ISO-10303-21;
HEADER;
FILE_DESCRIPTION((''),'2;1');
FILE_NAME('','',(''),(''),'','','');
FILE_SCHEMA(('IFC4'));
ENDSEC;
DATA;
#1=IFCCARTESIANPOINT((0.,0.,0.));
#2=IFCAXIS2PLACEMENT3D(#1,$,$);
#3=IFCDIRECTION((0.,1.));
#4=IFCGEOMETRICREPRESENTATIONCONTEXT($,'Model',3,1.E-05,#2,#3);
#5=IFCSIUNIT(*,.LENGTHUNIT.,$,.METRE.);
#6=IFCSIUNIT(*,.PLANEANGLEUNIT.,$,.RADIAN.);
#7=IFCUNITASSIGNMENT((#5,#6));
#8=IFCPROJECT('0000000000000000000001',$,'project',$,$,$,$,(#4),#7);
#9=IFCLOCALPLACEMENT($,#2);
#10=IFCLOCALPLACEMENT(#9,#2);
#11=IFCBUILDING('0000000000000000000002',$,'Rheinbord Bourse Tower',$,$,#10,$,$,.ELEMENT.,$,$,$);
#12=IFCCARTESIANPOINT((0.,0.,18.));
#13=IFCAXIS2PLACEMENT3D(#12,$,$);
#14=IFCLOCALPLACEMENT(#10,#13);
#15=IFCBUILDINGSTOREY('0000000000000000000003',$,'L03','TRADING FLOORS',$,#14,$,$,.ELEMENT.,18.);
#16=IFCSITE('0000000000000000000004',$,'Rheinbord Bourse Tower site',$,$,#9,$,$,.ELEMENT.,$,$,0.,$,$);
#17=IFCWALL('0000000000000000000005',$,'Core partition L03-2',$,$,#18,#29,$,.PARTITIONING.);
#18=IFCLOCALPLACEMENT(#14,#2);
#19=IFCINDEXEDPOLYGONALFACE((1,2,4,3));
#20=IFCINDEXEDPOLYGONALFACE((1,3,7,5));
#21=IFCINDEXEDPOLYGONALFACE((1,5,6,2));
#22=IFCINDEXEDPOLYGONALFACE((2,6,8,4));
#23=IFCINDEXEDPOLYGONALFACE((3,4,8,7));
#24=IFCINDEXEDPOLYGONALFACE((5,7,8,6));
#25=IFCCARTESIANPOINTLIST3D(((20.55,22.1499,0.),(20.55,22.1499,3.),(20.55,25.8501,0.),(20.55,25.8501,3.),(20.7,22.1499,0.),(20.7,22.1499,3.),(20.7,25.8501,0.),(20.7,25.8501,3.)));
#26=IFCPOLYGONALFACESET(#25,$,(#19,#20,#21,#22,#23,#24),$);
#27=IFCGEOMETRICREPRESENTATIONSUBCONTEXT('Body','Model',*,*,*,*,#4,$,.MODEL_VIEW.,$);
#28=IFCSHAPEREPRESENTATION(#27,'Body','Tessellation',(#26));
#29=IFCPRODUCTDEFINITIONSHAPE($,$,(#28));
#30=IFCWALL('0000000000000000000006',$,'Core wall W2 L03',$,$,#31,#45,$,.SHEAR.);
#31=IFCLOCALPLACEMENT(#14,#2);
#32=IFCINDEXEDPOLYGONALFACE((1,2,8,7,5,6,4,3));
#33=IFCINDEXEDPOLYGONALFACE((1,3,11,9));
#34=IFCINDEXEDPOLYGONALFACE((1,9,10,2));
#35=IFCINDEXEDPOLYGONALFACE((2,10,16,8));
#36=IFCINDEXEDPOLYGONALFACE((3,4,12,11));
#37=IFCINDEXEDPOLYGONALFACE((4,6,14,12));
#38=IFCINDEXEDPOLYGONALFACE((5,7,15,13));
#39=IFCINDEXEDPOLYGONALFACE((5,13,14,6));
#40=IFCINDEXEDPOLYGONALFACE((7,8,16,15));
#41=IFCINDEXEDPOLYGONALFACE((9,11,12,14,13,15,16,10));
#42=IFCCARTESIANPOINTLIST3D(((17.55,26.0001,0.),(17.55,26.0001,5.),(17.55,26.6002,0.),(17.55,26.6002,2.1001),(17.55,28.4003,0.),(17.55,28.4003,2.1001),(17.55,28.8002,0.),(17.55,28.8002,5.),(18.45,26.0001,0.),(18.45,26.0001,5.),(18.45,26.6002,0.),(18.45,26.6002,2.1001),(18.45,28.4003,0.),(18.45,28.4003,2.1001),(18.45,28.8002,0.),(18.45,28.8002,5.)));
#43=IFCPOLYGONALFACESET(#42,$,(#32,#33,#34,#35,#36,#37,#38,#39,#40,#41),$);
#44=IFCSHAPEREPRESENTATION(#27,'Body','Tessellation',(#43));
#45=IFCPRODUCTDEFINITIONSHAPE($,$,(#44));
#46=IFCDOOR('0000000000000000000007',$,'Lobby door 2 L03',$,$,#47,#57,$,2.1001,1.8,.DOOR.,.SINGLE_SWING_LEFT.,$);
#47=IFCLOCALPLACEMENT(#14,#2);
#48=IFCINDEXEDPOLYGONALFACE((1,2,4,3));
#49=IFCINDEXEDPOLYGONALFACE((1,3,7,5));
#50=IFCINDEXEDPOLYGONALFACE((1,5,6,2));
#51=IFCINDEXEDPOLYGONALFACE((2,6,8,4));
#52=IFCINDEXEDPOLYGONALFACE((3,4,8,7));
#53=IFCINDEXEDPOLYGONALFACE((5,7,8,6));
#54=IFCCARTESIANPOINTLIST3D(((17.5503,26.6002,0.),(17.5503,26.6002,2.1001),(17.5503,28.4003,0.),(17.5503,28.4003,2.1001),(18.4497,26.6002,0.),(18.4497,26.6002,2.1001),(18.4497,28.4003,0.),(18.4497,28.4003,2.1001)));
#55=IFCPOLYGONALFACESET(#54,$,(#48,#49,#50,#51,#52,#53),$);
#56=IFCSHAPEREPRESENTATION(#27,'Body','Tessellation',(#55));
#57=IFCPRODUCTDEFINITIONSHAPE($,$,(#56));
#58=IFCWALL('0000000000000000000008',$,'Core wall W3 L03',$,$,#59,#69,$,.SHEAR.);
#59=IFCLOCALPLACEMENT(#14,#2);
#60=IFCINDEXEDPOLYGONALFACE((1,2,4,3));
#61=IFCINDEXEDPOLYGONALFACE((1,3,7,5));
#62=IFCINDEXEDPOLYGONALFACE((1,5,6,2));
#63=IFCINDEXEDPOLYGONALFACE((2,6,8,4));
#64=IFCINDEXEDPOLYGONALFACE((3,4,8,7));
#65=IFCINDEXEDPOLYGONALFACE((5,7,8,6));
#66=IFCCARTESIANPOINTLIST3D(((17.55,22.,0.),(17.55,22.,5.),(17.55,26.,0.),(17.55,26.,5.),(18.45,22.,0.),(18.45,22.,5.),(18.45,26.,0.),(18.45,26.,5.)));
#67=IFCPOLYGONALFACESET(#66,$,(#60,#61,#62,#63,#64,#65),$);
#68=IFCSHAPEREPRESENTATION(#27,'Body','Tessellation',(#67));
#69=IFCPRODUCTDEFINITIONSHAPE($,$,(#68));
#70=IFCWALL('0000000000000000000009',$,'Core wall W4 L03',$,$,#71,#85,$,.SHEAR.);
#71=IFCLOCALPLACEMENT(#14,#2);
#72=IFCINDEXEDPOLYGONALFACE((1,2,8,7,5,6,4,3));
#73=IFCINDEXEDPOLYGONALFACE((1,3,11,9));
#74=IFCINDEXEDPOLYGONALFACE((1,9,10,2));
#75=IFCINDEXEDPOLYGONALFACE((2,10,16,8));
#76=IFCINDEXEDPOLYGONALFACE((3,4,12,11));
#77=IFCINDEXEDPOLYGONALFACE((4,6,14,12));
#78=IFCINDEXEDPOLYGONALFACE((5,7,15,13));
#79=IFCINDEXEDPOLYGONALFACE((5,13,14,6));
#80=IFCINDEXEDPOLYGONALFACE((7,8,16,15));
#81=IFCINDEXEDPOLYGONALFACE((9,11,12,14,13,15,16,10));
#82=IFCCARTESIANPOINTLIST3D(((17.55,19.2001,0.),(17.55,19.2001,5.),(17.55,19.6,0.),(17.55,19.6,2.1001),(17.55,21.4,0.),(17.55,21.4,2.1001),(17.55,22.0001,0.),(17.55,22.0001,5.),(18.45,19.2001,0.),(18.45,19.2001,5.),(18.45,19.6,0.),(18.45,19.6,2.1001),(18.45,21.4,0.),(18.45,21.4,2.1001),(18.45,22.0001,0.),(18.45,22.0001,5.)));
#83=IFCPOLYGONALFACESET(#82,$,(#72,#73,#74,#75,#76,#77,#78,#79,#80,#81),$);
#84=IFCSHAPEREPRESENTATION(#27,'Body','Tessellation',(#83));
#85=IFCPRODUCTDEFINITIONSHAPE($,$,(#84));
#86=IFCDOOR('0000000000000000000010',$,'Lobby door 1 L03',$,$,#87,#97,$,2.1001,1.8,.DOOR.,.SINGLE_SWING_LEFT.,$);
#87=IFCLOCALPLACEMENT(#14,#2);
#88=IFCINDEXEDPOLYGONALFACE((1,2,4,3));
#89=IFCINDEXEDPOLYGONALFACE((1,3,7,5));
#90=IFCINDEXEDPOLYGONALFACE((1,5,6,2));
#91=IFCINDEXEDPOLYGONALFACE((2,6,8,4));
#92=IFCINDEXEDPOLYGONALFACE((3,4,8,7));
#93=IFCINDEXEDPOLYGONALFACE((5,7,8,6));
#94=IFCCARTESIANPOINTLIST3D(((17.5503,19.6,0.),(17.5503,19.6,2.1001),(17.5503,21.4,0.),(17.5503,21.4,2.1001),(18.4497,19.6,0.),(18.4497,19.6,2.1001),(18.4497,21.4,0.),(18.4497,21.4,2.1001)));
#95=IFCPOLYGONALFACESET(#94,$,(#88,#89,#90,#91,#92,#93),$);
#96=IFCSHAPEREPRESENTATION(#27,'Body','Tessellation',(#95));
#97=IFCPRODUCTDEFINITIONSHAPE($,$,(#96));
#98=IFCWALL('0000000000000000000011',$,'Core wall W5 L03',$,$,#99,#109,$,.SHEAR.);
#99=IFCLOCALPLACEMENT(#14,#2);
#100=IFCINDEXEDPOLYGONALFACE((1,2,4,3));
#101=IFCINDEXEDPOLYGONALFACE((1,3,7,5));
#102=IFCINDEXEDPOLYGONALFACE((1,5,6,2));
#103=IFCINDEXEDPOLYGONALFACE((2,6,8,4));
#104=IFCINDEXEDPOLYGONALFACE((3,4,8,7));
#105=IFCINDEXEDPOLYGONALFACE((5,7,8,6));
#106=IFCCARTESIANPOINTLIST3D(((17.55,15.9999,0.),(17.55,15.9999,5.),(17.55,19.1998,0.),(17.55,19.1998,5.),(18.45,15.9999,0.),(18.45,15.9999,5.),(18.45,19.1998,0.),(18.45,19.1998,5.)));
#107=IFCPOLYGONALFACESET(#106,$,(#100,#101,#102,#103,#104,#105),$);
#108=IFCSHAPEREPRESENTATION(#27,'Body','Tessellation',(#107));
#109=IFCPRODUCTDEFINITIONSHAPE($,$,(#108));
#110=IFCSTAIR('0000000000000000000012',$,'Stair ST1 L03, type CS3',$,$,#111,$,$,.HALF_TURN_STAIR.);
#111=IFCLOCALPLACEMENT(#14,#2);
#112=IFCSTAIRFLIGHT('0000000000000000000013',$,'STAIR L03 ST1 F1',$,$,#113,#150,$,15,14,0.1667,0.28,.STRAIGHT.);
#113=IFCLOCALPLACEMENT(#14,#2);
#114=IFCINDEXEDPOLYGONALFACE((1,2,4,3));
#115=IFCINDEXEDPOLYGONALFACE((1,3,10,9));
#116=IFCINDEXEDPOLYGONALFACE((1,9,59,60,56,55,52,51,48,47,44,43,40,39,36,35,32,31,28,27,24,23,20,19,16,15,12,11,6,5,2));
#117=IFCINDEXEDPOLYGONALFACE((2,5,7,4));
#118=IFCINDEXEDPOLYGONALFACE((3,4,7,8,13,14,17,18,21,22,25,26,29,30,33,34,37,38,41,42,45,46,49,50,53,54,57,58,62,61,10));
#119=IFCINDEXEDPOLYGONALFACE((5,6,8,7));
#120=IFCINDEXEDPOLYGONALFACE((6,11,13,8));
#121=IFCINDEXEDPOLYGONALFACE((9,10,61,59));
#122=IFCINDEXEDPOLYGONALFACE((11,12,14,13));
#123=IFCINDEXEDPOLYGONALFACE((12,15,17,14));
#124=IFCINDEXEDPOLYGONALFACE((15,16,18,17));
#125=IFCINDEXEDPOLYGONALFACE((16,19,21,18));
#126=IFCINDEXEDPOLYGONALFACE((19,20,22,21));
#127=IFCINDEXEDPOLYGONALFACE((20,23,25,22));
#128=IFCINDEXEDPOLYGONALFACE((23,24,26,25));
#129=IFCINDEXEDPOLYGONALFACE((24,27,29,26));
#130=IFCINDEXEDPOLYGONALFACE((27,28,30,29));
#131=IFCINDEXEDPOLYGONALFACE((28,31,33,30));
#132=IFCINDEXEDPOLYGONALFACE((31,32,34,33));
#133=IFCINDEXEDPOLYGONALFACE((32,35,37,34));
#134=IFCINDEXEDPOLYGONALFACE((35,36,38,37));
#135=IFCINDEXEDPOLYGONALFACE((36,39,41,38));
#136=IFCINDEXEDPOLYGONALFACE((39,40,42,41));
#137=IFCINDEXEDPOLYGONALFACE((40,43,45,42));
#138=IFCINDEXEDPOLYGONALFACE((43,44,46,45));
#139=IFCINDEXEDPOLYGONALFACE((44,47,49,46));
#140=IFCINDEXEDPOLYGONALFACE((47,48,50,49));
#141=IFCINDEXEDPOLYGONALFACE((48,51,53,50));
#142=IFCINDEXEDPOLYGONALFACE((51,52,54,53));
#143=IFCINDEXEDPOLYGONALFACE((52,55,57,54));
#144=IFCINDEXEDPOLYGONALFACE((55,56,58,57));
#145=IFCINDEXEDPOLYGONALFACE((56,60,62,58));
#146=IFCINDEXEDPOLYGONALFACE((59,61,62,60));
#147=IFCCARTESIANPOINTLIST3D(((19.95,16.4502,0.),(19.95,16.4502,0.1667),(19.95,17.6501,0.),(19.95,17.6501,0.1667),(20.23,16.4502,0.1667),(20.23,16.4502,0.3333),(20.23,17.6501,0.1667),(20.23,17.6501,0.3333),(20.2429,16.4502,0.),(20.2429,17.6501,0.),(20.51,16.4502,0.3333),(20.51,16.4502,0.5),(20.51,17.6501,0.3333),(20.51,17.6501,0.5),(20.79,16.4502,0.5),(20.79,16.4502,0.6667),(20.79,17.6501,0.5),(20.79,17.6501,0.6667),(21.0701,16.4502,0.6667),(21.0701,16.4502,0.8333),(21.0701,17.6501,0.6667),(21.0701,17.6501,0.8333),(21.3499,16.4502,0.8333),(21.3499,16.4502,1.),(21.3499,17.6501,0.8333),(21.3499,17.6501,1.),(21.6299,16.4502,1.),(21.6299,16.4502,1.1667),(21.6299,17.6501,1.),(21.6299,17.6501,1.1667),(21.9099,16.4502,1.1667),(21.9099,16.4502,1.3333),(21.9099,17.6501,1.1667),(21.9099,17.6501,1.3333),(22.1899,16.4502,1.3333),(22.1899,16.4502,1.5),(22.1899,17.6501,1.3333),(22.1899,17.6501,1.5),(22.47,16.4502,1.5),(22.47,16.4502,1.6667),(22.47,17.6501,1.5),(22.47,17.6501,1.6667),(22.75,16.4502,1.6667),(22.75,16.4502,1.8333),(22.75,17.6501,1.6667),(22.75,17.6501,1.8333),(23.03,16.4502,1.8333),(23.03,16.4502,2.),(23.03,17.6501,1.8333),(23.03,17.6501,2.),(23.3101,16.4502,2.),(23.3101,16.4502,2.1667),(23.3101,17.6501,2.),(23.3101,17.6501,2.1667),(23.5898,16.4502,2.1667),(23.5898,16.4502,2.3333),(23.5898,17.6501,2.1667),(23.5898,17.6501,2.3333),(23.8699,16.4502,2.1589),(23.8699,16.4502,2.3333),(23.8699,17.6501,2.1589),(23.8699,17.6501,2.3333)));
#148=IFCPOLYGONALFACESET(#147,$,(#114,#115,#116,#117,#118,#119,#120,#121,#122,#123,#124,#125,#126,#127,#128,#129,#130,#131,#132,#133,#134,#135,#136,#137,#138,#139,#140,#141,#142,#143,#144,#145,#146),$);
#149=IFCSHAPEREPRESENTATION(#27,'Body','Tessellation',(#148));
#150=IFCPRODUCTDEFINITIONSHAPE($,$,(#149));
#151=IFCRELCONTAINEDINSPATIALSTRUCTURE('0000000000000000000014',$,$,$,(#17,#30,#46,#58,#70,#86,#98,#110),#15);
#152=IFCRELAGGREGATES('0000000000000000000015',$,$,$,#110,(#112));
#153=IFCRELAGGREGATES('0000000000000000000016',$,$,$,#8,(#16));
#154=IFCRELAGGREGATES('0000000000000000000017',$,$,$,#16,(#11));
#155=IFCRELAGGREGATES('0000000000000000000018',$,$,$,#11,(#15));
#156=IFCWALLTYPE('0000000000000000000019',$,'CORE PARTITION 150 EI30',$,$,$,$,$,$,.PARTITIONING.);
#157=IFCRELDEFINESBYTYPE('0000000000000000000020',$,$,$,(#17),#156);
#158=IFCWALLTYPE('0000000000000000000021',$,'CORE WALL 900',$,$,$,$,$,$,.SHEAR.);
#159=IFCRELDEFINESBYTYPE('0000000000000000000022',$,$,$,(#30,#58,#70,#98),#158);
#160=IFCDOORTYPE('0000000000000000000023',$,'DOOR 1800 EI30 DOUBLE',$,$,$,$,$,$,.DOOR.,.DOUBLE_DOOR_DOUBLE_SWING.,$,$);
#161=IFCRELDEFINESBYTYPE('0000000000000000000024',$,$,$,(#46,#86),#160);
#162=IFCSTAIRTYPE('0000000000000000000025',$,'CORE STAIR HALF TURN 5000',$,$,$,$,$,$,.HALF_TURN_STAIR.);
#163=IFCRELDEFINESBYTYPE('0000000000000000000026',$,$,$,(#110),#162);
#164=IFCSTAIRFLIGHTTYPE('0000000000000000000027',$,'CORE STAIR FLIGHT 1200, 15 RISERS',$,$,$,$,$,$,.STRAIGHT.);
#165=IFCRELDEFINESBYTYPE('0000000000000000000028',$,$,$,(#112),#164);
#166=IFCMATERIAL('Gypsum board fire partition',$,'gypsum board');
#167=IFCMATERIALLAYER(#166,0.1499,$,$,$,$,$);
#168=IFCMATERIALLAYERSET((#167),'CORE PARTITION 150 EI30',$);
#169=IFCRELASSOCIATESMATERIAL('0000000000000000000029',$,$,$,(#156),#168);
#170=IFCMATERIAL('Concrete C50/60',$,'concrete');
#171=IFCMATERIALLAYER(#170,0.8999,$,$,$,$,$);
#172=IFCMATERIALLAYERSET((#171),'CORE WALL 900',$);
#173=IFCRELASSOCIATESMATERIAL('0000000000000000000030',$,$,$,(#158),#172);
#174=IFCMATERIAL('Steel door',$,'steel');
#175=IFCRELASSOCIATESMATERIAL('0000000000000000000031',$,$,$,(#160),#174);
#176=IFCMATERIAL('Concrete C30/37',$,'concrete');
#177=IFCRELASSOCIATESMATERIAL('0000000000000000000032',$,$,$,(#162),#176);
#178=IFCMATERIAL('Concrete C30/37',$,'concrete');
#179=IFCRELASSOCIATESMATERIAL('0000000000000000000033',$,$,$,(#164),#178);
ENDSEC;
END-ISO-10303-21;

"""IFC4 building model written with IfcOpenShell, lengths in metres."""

from ifc_helpers import new_model, si_unit, direction, frame, frame_2d, origin, place, context, subcontext, project, spatial, polyline, rectangle, outline, extrude, material, layer, layer_set, type_object, element, fill, aggregate, save


model = new_model("IFC4")

# Units and contexts
model_context = context("Model", 3, precision=1e-05, world=origin(), true_north=direction((0.0, 1.0)))
body_context = subcontext(model_context, "Body", "Model", "MODEL_VIEW")
ifc_project = project(units=[si_unit("LENGTHUNIT", "METRE"), si_unit("PLANEANGLEUNIT", "RADIAN")], contexts=[model_context])

# Site, building, storey
site_placement = place(None, origin())
site = spatial("IfcSite", under=ifc_project, at=site_placement, Name="Rheinbord Bourse Tower site", CompositionType="ELEMENT", RefElevation=0.0)
building_placement = place(site_placement, origin())
building = spatial("IfcBuilding", under=site, at=building_placement, Name="Rheinbord Bourse Tower", CompositionType="ELEMENT")
storey_placement = place(building_placement, frame((0.0, 0.0, 18.0)))
storey = spatial("IfcBuildingStorey", under=building, at=storey_placement, Name="L03", Description="TRADING FLOORS", CompositionType="ELEMENT", Elevation=18.0)

# Wall
ifc_material_1 = material(Name="Gypsum board fire partition", Category="gypsum board")
ifc_layer_1 = layer(ifc_material_1, 0.1499)
ifc_layer_set_1 = layer_set([ifc_layer_1], Name="CORE PARTITION 150 EI30")
wall_type_1 = type_object("IfcWallType", Name="CORE PARTITION 150 EI30", PredefinedType="PARTITIONING", material=ifc_layer_set_1)
wall_1_placement = place(storey_placement, frame((20.625, 22.1499, 0.0), z_axis=(0.0, 0.0, 1.0), x_axis=(0.0, 1.0, 0.0)))
element("IfcWall", 1, at=wall_1_placement, inside=storey, type_object=wall_type_1, Name="Core partition L03-2", PredefinedType="PARTITIONING", context=body_context, shape_type="SweptSolid", body=[
    extrude(rectangle(XDim=3.7002, YDim=0.1499, at=frame_2d((1.8501, 0.0))), origin(), (0.0, 0.0, 1.0), 3.0),
])

# Wall, opening, door
ifc_material_2 = material(Name="Concrete C50/60", Category="concrete")
ifc_layer_2 = layer(ifc_material_2, 0.8999)
ifc_layer_set_2 = layer_set([ifc_layer_2], Name="CORE WALL 900")
wall_type_2 = type_object("IfcWallType", Name="CORE WALL 900", PredefinedType="SHEAR", material=ifc_layer_set_2)
wall_2_placement = place(storey_placement, frame((18.0, 28.8, 0.0), z_axis=(0.0, 0.0, 1.0), x_axis=(0.0, -1.0, 0.0)))
wall_2 = element("IfcWall", 2, at=wall_2_placement, inside=storey, type_object=wall_type_2, Name="Core wall W2 L03", PredefinedType="SHEAR", context=body_context, shape_type="SweptSolid", body=[
    extrude(rectangle(XDim=2.8, YDim=0.8999, at=frame_2d((1.3999, 0.0))), origin(), (0.0, 0.0, 1.0), 5.0),
])
opening_1_placement = place(wall_2_placement, frame((0.3999, 0.0, 0.0)))
opening_1 = element("IfcOpeningElement", 3, at=opening_1_placement, cuts=wall_2, PredefinedType="OPENING", context=body_context, shape_type="SweptSolid", body=[
    extrude(rectangle(XDim=1.8, YDim=2.1001, at=frame_2d((0.8999, 1.05))), frame((0.0, 0.46, 0.0), z_axis=(0.0, -1.0, 0.0), x_axis=(1.0, 0.0, 0.0)), (0.0, 0.0, 1.0), 0.9199),
])
ifc_material_3 = material(Name="Steel door", Category="steel")
door_type_1 = type_object("IfcDoorType", Name="DOOR 1800 EI30 DOUBLE", OperationType="DOUBLE_DOOR_DOUBLE_SWING", PredefinedType="DOOR", material=ifc_material_3)
door_1_placement = place(opening_1_placement, origin())
door_1 = element("IfcDoor", 4, at=door_1_placement, inside=storey, type_object=door_type_1, Name="Lobby door 2 L03", OperationType="SINGLE_SWING_LEFT", OverallHeight=2.1001, OverallWidth=1.8, PredefinedType="DOOR", context=body_context, shape_type="SweptSolid", body=[
    extrude(rectangle(XDim=1.8, YDim=2.1001, at=frame_2d((0.8999, 1.05))), frame((0.0, 0.4497, 0.0), z_axis=(0.0, -1.0, 0.0), x_axis=(1.0, 0.0, 0.0)), (0.0, 0.0, 1.0), 0.8994),
])
fill(opening_1, door_1)

# Wall
wall_3_placement = place(storey_placement, frame((18.0, 26.0, 0.0), z_axis=(0.0, 0.0, 1.0), x_axis=(0.0, -1.0, 0.0)))
element("IfcWall", 5, at=wall_3_placement, inside=storey, type_object=wall_type_2, Name="Core wall W3 L03", PredefinedType="SHEAR", context=body_context, shape_type="SweptSolid", body=[
    extrude(rectangle(XDim=4.0, YDim=0.8999, at=frame_2d((2.0, 0.0))), origin(), (0.0, 0.0, 1.0), 5.0),
])

# Wall, opening, door
wall_4_placement = place(storey_placement, frame((18.0, 22.0, 0.0), z_axis=(0.0, 0.0, 1.0), x_axis=(0.0, -1.0, 0.0)))
wall_4 = element("IfcWall", 6, at=wall_4_placement, inside=storey, type_object=wall_type_2, Name="Core wall W4 L03", PredefinedType="SHEAR", context=body_context, shape_type="SweptSolid", body=[
    extrude(rectangle(XDim=2.8, YDim=0.8999, at=frame_2d((1.3999, 0.0))), origin(), (0.0, 0.0, 1.0), 5.0),
])
opening_2_placement = place(wall_4_placement, frame((0.6001, 0.0, 0.0)))
opening_2 = element("IfcOpeningElement", 7, at=opening_2_placement, cuts=wall_4, PredefinedType="OPENING", context=body_context, shape_type="SweptSolid", body=[
    extrude(rectangle(XDim=1.8, YDim=2.1001, at=frame_2d((0.8999, 1.05))), frame((0.0, 0.46, 0.0), z_axis=(0.0, -1.0, 0.0), x_axis=(1.0, 0.0, 0.0)), (0.0, 0.0, 1.0), 0.9199),
])
door_2_placement = place(opening_2_placement, origin())
door_2 = element("IfcDoor", 8, at=door_2_placement, inside=storey, type_object=door_type_1, Name="Lobby door 1 L03", OperationType="SINGLE_SWING_LEFT", OverallHeight=2.1001, OverallWidth=1.8, PredefinedType="DOOR", context=body_context, shape_type="SweptSolid", body=[
    extrude(rectangle(XDim=1.8, YDim=2.1001, at=frame_2d((0.8999, 1.05))), frame((0.0, 0.4497, 0.0), z_axis=(0.0, -1.0, 0.0), x_axis=(1.0, 0.0, 0.0)), (0.0, 0.0, 1.0), 0.8994),
])
fill(opening_2, door_2)

# Wall
wall_5_placement = place(storey_placement, frame((18.0, 19.2, 0.0), z_axis=(0.0, 0.0, 1.0), x_axis=(0.0, -1.0, 0.0)))
element("IfcWall", 9, at=wall_5_placement, inside=storey, type_object=wall_type_2, Name="Core wall W5 L03", PredefinedType="SHEAR", context=body_context, shape_type="SweptSolid", body=[
    extrude(rectangle(XDim=3.2, YDim=0.8999, at=frame_2d((1.6001, 0.0))), origin(), (0.0, 0.0, 1.0), 5.0),
])

# Stair, stair flight
ifc_material_4 = material(Name="Concrete C30/37", Category="concrete")
stair_type = type_object("IfcStairType", Name="CORE STAIR HALF TURN 5000", PredefinedType="HALF_TURN_STAIR", material=ifc_material_4)
stair_1_placement = place(storey_placement, origin())
stair_1 = element("IfcStair", 10, at=stair_1_placement, inside=storey, type_object=stair_type, Name="Stair ST1 L03, type CS3", PredefinedType="HALF_TURN_STAIR")
ifc_material_5 = material(Name="Concrete C30/37", Category="concrete")
stair_flight_type = type_object("IfcStairFlightType", Name="CORE STAIR FLIGHT 1200, 15 RISERS", PredefinedType="STRAIGHT", material=ifc_material_5)
stair_flight_1_placement = place(storey_placement, frame((19.95, 17.05, 0.0), z_axis=(0.0, 0.0, 1.0), x_axis=(1.0, 0.0, 0.0)))
stair_flight_1 = element("IfcStairFlight", 11, at=stair_flight_1_placement, type_object=stair_flight_type, Name="STAIR L03 ST1 F1", NumberOfRisers=15, NumberOfTreads=14, PredefinedType="STRAIGHT", RiserHeight=0.1667, TreadLength=0.28, context=body_context, shape_type="SweptSolid", body=[
    extrude(outline(polyline([(0.0, 0.0), (0.0, 0.1667), (0.28, 0.1667), (0.28, 0.3333), (0.5601, 0.3333), (0.5601, 0.5), (0.8401, 0.5), (0.8401, 0.6667), (1.1201, 0.6667), (1.1201, 0.8333), (1.3999, 0.8333), (1.3999, 1.0), (1.6799, 1.0), (1.6799, 1.1667), (1.96, 1.1667), (1.96, 1.3333), (2.24, 1.3333), (2.24, 1.5), (2.52, 1.5), (2.52, 1.6667), (2.8, 1.6667), (2.8, 1.8333), (3.0801, 1.8333), (3.0801, 2.0), (3.3601, 2.0), (3.3601, 2.1667), (3.6399, 2.1667), (3.6399, 2.3333), (3.9199, 2.3333), (3.9199, 2.5), (3.9199, 2.1589), (0.293, 0.0), (0.0, 0.0)])), frame((0.0, 0.6001, 0.0), z_axis=(0.0, -1.0, 0.0), x_axis=(1.0, 0.0, 0.0)), (0.0, 0.0, 1.0), 1.2),
])
aggregate(stair_1, [stair_flight_1])

save(model, "model.ifc")
